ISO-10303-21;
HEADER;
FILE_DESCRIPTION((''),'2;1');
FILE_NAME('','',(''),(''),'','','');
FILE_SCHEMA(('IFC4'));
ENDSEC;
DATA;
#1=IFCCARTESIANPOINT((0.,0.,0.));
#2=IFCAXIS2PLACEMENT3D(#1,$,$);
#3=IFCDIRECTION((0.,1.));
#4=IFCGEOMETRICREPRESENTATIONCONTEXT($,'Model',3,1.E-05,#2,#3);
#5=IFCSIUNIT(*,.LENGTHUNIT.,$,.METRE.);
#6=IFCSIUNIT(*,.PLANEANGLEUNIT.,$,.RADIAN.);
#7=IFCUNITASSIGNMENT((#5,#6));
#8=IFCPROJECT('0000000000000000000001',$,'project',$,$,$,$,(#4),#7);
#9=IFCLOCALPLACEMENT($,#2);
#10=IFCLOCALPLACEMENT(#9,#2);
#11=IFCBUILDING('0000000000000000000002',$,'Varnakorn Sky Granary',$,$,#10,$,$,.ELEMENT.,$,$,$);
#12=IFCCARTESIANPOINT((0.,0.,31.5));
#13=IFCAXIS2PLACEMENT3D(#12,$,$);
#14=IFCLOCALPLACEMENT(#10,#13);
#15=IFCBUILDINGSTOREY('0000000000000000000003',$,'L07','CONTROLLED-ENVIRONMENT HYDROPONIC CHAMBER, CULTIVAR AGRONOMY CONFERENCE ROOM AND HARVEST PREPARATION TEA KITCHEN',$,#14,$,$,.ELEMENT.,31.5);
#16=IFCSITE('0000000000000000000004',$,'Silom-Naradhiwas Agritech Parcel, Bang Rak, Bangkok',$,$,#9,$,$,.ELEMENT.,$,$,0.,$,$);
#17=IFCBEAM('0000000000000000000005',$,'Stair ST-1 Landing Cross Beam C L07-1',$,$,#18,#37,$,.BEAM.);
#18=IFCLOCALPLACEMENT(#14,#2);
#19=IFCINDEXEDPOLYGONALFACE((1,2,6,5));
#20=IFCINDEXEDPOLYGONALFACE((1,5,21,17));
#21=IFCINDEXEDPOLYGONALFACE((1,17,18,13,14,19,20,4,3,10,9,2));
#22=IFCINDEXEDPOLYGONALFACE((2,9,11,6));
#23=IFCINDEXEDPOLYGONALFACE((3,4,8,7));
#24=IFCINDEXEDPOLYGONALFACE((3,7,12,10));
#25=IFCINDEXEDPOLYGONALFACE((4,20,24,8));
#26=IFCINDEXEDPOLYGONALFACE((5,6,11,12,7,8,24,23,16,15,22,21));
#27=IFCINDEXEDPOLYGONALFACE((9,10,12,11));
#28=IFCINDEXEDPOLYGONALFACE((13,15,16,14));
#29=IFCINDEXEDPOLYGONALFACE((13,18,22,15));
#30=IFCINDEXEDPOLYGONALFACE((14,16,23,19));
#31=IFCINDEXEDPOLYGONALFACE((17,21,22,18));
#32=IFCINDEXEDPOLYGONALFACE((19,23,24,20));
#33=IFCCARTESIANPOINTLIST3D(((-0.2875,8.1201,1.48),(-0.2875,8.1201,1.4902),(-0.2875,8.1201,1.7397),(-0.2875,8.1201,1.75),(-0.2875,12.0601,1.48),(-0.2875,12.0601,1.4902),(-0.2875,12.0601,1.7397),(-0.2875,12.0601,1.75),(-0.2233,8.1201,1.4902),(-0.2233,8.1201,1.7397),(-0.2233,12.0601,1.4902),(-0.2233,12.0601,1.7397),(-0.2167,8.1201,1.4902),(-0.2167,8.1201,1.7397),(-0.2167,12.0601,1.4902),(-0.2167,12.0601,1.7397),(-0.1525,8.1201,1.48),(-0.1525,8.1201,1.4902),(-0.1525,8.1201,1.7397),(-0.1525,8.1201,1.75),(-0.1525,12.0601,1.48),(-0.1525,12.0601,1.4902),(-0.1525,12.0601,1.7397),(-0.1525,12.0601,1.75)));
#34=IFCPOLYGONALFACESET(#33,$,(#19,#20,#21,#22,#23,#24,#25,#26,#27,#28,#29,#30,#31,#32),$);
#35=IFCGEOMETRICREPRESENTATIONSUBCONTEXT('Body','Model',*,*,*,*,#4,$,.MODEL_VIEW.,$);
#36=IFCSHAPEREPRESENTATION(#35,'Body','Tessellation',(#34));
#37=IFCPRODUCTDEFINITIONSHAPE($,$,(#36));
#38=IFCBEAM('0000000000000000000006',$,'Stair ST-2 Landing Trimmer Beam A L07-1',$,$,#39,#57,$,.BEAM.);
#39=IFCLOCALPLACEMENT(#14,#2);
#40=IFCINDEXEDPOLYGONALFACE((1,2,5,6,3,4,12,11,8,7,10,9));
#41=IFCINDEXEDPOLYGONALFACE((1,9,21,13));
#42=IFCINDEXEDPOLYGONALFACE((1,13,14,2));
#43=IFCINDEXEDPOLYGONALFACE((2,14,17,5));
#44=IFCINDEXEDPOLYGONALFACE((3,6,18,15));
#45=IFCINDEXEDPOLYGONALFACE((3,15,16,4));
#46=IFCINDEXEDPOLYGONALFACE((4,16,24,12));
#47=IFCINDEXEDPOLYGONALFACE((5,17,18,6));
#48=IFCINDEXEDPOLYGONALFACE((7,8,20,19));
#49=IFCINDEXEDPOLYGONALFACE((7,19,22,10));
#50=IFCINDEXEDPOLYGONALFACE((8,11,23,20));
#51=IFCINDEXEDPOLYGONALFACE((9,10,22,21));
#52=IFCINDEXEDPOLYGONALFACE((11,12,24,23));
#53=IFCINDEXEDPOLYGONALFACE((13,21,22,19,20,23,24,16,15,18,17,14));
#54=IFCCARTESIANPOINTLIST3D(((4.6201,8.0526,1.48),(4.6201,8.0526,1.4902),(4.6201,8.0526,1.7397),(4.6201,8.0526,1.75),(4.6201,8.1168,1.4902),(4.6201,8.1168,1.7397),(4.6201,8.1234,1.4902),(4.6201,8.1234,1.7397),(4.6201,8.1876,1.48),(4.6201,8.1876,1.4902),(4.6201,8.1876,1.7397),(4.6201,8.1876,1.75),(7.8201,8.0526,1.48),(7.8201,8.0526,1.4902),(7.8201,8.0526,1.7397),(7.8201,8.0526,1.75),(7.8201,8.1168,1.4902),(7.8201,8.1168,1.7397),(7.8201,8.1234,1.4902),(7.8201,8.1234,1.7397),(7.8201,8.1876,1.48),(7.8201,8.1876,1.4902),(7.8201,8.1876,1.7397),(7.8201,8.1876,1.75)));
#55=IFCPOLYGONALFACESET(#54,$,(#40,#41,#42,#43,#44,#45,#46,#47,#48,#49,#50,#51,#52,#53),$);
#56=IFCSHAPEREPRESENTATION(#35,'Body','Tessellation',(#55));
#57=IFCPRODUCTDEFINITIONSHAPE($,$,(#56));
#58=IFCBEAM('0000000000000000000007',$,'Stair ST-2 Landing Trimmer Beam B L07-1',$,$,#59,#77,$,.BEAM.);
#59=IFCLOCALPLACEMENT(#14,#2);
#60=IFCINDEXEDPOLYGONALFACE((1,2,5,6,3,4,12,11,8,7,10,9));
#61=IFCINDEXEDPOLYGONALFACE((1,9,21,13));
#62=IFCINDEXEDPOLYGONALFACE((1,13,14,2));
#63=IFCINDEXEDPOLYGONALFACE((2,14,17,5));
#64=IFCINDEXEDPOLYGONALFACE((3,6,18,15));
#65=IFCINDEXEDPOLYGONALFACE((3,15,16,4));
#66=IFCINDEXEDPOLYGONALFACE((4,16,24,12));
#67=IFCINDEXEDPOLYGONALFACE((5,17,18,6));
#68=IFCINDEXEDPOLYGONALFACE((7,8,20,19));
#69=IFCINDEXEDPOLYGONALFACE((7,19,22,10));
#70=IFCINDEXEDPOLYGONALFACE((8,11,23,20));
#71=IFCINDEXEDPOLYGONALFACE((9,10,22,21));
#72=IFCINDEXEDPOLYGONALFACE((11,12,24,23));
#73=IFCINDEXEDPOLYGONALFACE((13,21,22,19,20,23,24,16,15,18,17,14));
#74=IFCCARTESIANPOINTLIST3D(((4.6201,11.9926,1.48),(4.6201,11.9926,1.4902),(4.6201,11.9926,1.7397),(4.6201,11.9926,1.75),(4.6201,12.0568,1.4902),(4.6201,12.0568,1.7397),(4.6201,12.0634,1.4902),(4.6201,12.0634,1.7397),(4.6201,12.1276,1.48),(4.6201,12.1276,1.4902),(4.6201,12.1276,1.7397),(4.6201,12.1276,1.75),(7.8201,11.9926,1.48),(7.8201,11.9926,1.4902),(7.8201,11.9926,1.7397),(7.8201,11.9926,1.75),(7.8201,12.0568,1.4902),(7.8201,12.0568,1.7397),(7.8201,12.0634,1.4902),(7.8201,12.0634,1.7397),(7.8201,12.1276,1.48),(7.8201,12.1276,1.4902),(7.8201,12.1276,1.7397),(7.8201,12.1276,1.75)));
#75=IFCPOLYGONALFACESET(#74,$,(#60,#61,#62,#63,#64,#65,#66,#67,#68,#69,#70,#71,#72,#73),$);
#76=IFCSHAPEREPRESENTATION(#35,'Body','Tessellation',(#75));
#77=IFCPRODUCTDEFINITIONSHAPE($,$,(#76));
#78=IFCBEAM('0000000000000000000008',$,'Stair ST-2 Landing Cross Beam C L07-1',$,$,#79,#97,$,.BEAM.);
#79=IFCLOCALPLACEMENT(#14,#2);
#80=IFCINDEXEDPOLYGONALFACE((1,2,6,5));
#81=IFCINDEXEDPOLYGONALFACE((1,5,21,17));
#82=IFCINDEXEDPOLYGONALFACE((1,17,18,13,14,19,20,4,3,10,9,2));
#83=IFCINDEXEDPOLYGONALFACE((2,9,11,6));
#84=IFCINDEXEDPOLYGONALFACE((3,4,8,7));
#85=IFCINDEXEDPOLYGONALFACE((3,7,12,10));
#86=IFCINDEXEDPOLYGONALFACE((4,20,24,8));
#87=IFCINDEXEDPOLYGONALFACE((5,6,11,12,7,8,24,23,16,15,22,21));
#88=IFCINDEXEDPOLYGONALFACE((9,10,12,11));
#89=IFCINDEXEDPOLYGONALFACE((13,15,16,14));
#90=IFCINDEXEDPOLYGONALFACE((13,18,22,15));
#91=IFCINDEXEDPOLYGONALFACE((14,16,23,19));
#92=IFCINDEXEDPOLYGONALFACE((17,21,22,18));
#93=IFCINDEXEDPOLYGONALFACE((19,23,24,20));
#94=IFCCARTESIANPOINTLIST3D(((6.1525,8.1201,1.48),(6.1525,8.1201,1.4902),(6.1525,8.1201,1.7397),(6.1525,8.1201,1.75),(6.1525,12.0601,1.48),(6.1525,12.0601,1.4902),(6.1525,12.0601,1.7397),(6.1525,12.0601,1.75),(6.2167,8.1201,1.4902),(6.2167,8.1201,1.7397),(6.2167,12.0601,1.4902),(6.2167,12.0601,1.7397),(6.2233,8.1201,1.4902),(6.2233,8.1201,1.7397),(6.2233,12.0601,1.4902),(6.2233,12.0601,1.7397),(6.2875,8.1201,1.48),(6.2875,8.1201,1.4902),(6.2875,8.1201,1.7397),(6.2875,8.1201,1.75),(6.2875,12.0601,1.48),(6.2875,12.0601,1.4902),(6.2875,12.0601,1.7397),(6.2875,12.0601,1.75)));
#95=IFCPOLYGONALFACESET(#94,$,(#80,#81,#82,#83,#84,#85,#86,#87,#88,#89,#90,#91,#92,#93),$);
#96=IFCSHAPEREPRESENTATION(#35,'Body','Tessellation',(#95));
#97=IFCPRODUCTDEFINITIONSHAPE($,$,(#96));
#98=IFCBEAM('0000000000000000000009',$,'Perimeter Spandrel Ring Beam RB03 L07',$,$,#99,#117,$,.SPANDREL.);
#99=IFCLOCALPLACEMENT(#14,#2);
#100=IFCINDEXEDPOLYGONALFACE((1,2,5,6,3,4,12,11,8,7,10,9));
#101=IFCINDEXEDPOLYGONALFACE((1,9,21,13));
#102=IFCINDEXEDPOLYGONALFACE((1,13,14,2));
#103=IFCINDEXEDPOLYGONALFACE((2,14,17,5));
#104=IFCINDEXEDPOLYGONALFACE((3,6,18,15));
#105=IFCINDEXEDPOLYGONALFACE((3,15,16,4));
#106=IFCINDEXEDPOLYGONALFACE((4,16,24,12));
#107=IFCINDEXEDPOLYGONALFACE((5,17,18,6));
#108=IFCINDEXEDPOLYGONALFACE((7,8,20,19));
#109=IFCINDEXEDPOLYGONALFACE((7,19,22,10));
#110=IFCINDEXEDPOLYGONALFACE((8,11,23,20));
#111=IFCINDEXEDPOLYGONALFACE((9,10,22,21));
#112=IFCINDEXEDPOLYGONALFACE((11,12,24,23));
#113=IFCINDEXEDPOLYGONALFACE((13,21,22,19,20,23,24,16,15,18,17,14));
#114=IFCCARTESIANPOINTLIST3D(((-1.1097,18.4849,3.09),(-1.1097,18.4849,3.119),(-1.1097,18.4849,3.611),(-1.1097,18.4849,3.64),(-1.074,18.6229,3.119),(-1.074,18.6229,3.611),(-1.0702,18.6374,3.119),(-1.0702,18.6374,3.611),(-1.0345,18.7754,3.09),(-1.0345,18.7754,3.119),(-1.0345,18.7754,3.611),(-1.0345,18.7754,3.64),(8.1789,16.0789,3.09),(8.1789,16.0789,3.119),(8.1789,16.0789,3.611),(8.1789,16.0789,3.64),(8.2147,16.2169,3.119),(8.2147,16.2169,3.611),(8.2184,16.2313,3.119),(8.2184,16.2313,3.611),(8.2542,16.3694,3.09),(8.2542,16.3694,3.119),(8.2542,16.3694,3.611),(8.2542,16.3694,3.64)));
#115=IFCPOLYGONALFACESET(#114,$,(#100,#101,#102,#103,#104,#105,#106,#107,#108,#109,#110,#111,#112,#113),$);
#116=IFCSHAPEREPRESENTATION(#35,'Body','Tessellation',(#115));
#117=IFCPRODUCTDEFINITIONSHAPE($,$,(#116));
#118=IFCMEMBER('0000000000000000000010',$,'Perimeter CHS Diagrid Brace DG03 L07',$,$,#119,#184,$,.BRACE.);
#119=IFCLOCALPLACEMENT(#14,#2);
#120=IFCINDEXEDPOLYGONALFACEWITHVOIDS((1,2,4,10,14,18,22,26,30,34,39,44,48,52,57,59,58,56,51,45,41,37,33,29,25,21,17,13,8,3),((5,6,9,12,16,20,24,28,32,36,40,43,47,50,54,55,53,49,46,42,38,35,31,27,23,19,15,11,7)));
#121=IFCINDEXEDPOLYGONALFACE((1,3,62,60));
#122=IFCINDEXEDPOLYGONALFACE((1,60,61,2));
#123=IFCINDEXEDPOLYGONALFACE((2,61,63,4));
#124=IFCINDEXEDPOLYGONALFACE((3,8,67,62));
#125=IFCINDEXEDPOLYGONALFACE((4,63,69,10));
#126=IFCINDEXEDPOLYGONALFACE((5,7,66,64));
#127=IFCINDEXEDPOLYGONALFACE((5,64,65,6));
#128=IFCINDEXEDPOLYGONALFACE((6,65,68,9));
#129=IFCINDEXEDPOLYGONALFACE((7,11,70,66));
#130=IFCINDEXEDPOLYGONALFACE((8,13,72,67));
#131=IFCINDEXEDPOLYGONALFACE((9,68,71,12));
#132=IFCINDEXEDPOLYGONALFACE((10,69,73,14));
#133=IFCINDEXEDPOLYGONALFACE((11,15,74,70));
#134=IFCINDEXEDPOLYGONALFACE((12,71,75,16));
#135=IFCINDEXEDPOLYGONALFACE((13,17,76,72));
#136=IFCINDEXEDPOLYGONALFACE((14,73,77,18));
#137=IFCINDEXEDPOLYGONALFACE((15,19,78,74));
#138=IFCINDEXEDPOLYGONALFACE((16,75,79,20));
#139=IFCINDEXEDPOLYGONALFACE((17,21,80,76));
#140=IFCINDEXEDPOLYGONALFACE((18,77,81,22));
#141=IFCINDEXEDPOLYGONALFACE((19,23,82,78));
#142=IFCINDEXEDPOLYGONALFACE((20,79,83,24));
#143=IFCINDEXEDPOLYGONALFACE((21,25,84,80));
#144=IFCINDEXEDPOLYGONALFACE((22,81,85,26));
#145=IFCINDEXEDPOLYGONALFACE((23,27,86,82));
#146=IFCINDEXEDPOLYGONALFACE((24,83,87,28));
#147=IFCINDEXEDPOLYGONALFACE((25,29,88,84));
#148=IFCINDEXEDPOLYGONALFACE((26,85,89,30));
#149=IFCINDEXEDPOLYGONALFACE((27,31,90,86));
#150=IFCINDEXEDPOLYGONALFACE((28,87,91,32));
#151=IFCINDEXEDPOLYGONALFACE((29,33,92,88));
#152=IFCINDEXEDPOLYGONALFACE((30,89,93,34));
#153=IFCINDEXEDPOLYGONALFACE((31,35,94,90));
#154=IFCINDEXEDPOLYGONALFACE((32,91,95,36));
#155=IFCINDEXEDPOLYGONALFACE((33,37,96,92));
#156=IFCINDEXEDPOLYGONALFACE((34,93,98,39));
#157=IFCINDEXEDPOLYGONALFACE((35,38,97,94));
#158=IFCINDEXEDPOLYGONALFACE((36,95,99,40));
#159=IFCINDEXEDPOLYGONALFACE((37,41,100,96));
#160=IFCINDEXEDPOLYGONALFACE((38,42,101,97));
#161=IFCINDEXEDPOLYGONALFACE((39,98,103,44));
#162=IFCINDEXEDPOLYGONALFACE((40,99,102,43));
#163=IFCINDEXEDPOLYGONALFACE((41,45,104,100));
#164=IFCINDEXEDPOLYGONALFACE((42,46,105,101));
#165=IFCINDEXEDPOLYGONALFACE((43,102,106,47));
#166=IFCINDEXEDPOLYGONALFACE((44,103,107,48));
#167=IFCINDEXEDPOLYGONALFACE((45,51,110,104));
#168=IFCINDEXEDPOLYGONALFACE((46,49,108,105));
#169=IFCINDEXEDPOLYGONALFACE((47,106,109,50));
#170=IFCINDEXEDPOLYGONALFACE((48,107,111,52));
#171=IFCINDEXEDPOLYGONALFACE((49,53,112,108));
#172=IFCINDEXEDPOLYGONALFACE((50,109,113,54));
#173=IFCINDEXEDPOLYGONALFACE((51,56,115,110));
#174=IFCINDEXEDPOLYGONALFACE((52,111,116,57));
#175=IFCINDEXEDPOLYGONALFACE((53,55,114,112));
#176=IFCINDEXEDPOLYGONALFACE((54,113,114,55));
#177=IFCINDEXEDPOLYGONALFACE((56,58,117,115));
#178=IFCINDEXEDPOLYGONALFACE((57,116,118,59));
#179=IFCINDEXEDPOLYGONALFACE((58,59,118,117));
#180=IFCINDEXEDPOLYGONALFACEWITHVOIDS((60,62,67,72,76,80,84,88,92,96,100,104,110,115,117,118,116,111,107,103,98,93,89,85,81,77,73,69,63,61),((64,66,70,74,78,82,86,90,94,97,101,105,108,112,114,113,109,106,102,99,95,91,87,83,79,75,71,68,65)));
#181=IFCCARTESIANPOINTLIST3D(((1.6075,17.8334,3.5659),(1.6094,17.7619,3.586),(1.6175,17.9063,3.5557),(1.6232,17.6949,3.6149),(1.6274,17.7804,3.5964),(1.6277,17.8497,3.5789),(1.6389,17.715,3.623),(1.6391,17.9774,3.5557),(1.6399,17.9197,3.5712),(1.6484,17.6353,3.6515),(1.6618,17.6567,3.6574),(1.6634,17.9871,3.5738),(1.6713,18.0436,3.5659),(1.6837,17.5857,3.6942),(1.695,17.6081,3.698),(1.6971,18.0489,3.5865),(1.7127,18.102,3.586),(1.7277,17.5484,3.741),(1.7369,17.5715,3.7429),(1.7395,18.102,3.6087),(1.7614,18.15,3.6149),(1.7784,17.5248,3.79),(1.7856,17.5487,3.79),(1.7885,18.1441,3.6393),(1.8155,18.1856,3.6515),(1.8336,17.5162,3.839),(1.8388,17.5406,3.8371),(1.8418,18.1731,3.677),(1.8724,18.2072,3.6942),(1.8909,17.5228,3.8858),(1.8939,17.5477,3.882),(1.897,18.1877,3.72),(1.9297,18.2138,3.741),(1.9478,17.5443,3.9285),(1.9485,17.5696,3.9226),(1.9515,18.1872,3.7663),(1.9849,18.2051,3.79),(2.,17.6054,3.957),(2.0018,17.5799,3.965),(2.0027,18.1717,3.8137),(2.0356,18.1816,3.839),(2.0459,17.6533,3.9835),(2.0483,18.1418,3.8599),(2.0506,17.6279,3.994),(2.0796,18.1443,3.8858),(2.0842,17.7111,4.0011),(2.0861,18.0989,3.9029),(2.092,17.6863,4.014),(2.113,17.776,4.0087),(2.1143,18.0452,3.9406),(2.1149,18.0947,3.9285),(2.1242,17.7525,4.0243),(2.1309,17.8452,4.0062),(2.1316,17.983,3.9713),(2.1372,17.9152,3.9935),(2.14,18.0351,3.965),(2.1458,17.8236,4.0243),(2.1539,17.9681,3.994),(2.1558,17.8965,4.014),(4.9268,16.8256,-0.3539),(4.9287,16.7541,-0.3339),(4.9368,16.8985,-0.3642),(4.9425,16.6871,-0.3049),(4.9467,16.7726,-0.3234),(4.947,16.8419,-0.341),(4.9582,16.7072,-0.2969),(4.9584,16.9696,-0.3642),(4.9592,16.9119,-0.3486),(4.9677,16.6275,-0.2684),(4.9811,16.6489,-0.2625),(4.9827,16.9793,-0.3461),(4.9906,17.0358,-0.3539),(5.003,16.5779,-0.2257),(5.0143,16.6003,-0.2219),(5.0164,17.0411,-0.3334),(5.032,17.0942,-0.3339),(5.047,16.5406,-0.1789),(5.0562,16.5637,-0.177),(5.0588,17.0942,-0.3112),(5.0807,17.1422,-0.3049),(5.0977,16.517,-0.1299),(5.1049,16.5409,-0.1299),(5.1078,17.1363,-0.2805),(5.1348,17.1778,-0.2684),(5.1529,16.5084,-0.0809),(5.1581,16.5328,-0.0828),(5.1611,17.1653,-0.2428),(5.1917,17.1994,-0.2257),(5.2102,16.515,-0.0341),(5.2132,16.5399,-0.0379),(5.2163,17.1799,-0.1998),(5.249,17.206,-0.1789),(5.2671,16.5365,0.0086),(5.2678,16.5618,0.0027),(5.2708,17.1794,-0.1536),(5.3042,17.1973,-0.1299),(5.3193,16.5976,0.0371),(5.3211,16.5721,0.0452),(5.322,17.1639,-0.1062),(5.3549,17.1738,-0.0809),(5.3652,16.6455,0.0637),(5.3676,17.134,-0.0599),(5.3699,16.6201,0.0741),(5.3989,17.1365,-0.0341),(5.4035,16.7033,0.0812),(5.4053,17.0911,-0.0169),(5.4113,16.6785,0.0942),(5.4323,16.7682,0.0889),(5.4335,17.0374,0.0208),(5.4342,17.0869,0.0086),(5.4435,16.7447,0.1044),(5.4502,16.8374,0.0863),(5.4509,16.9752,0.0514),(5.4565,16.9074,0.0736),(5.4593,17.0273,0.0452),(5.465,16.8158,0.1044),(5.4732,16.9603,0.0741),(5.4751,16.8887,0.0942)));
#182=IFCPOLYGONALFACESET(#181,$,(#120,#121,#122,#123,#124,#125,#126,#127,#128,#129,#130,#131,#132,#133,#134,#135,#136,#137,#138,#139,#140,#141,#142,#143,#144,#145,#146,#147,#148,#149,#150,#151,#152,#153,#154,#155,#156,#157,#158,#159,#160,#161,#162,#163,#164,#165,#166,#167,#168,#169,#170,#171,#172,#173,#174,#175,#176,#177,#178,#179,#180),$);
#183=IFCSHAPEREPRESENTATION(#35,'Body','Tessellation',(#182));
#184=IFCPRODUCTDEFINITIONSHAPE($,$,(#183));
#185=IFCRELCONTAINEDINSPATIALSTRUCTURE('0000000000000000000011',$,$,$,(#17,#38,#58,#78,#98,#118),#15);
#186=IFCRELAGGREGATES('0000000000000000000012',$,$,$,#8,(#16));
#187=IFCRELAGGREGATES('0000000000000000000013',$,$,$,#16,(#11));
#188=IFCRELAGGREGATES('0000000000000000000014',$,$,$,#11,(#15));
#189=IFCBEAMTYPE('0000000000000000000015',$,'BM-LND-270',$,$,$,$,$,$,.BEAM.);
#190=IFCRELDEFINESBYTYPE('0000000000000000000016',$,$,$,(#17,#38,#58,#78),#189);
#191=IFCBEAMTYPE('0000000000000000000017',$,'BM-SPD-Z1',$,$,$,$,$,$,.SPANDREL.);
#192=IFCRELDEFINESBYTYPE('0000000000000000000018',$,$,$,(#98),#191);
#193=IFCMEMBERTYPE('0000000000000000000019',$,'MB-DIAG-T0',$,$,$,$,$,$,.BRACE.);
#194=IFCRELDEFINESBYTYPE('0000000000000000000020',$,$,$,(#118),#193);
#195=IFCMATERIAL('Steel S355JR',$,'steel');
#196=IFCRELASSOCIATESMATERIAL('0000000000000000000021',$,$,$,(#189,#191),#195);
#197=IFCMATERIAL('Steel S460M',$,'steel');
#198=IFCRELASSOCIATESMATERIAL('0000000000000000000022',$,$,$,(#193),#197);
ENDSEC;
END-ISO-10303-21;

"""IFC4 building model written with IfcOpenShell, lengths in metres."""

from ifc_helpers import new_model, si_unit, direction, frame, origin, origin_2d, place, context, subcontext, project, spatial, hollow_circle, i_section, extrude, material, material_profile, profile_set, type_object, element, save


model = new_model("IFC4")

# Units and contexts
model_context = context("Model", 3, precision=1e-05, world=origin(), true_north=direction((0.0, 1.0)))
body_context = subcontext(model_context, "Body", "Model", "MODEL_VIEW")
ifc_project = project(units=[si_unit("LENGTHUNIT", "METRE"), si_unit("PLANEANGLEUNIT", "RADIAN")], contexts=[model_context])

# Site, building, storey
site_placement = place(None, origin())
site = spatial("IfcSite", under=ifc_project, at=site_placement, Name="Silom-Naradhiwas Agritech Parcel, Bang Rak, Bangkok", CompositionType="ELEMENT", RefElevation=0.0)
building_placement = place(site_placement, origin())
building = spatial("IfcBuilding", under=site, at=building_placement, Name="Varnakorn Sky Granary", CompositionType="ELEMENT")
storey_placement = place(building_placement, frame((0.0, 0.0, 31.5)))
storey = spatial("IfcBuildingStorey", under=building, at=storey_placement, Name="L07", Description="CONTROLLED-ENVIRONMENT HYDROPONIC CHAMBER, CULTIVAR AGRONOMY CONFERENCE ROOM AND HARVEST PREPARATION TEA KITCHEN", CompositionType="ELEMENT", Elevation=31.5)

# Beams
ifc_material_1 = material(Name="Steel S355JR", Category="steel")
ifc_material_profile_1 = material_profile(ifc_material_1, i_section(OverallWidth=0.135, OverallDepth=0.27, WebThickness=0.0066, FlangeThickness=0.0103, at=origin_2d()), Name="IPE 270")
ifc_profile_set_1 = profile_set([ifc_material_profile_1], Name="Steel S355JR")
beam_type_1 = type_object("IfcBeamType", Name="BM-LND-270", PredefinedType="BEAM", material=ifc_profile_set_1)
beam_1_placement = place(storey_placement, frame((-0.22, 8.1201, 1.615), z_axis=(0.0, 1.0, 0.0), x_axis=(-1.0, 0.0, 0.0)))
element("IfcBeam", 1, at=beam_1_placement, inside=storey, type_object=beam_type_1, Name="Stair ST-1 Landing Cross Beam C L07-1", PredefinedType="BEAM", context=body_context, shape_type="SweptSolid", body=[
    extrude(i_section(OverallWidth=0.135, OverallDepth=0.27, WebThickness=0.0066, FlangeThickness=0.0103, at=origin_2d()), origin(), (0.0, 0.0, 1.0), 3.9399),
])
for number, where, z_axis, x_axis, name in (
    (2, (4.6201, 8.1201, 1.615), (1.0, 0.0, 0.0), (0.0, 1.0, 0.0), "Stair ST-2 Landing Trimmer Beam A L07-1"),
    (3, (4.6201, 12.0601, 1.615), (1.0, 0.0, 0.0), (0.0, 1.0, 0.0), "Stair ST-2 Landing Trimmer Beam B L07-1"),
):
    element("IfcBeam", number, at=place(storey_placement, frame(where, z_axis=z_axis, x_axis=x_axis)), inside=storey, type_object=beam_type_1, Name=name, PredefinedType="BEAM", context=body_context, shape_type="SweptSolid", body=[
        extrude(i_section(OverallWidth=0.135, OverallDepth=0.27, WebThickness=0.0066, FlangeThickness=0.0103, at=origin_2d()), origin(), (0.0, 0.0, 1.0), 3.2),
    ])
beam_2_placement = place(storey_placement, frame((6.22, 8.1201, 1.615), z_axis=(0.0, 1.0, 0.0), x_axis=(-1.0, 0.0, 0.0)))
element("IfcBeam", 4, at=beam_2_placement, inside=storey, type_object=beam_type_1, Name="Stair ST-2 Landing Cross Beam C L07-1", PredefinedType="BEAM", context=body_context, shape_type="SweptSolid", body=[
    extrude(i_section(OverallWidth=0.135, OverallDepth=0.27, WebThickness=0.0066, FlangeThickness=0.0103, at=origin_2d()), origin(), (0.0, 0.0, 1.0), 3.9399),
])
ifc_material_profile_2 = material_profile(ifc_material_1, i_section(OverallWidth=0.3, OverallDepth=0.55, WebThickness=0.0149, FlangeThickness=0.0291, at=origin_2d()), Name="HE 550 B")
ifc_profile_set_2 = profile_set([ifc_material_profile_2], Name="Steel S355JR")
beam_type_2 = type_object("IfcBeamType", Name="BM-SPD-Z1", PredefinedType="SPANDREL", material=ifc_profile_set_2)
beam_3_placement = place(storey_placement, frame((8.2166, 16.2241, 3.365), z_axis=(-0.968051, 0.250753, 0.0), x_axis=(-0.250753, -0.968051, 0.0)))
element("IfcBeam", 5, at=beam_3_placement, inside=storey, type_object=beam_type_2, Name="Perimeter Spandrel Ring Beam RB03 L07", PredefinedType="SPANDREL", context=body_context, shape_type="SweptSolid", body=[
    extrude(i_section(OverallWidth=0.3, OverallDepth=0.55, WebThickness=0.0149, FlangeThickness=0.0291, at=origin_2d()), origin(), (0.0, 0.0, 1.0), 9.5952),
])

# Member
ifc_material_2 = material(Name="Steel S460M", Category="steel")
ifc_material_profile_3 = material_profile(ifc_material_2, hollow_circle(Radius=0.3555, WallThickness=0.0249, at=origin_2d()), Name="CHS 711x25")
ifc_profile_set_3 = profile_set([ifc_material_profile_3], Name="Steel S460M")
member_type = type_object("IfcMemberType", Name="MB-DIAG-T0", PredefinedType="BRACE", material=ifc_profile_set_3)
member_placement = place(storey_placement, frame((5.2009, 16.8572, -0.1299), z_axis=(-0.634133, 0.192535, 0.74887), x_axis=(-0.290523, -0.956868, 0.0)))
element("IfcMember", 6, at=member_placement, inside=storey, type_object=member_type, Name="Perimeter CHS Diagrid Brace DG03 L07", PredefinedType="BRACE", context=body_context, shape_type="SweptSolid", body=[
    extrude(hollow_circle(Radius=0.3555, WallThickness=0.0249, at=origin_2d()), origin(), (0.0, 0.0, 1.0), 5.2344),
])

save(model, "model.ifc")
